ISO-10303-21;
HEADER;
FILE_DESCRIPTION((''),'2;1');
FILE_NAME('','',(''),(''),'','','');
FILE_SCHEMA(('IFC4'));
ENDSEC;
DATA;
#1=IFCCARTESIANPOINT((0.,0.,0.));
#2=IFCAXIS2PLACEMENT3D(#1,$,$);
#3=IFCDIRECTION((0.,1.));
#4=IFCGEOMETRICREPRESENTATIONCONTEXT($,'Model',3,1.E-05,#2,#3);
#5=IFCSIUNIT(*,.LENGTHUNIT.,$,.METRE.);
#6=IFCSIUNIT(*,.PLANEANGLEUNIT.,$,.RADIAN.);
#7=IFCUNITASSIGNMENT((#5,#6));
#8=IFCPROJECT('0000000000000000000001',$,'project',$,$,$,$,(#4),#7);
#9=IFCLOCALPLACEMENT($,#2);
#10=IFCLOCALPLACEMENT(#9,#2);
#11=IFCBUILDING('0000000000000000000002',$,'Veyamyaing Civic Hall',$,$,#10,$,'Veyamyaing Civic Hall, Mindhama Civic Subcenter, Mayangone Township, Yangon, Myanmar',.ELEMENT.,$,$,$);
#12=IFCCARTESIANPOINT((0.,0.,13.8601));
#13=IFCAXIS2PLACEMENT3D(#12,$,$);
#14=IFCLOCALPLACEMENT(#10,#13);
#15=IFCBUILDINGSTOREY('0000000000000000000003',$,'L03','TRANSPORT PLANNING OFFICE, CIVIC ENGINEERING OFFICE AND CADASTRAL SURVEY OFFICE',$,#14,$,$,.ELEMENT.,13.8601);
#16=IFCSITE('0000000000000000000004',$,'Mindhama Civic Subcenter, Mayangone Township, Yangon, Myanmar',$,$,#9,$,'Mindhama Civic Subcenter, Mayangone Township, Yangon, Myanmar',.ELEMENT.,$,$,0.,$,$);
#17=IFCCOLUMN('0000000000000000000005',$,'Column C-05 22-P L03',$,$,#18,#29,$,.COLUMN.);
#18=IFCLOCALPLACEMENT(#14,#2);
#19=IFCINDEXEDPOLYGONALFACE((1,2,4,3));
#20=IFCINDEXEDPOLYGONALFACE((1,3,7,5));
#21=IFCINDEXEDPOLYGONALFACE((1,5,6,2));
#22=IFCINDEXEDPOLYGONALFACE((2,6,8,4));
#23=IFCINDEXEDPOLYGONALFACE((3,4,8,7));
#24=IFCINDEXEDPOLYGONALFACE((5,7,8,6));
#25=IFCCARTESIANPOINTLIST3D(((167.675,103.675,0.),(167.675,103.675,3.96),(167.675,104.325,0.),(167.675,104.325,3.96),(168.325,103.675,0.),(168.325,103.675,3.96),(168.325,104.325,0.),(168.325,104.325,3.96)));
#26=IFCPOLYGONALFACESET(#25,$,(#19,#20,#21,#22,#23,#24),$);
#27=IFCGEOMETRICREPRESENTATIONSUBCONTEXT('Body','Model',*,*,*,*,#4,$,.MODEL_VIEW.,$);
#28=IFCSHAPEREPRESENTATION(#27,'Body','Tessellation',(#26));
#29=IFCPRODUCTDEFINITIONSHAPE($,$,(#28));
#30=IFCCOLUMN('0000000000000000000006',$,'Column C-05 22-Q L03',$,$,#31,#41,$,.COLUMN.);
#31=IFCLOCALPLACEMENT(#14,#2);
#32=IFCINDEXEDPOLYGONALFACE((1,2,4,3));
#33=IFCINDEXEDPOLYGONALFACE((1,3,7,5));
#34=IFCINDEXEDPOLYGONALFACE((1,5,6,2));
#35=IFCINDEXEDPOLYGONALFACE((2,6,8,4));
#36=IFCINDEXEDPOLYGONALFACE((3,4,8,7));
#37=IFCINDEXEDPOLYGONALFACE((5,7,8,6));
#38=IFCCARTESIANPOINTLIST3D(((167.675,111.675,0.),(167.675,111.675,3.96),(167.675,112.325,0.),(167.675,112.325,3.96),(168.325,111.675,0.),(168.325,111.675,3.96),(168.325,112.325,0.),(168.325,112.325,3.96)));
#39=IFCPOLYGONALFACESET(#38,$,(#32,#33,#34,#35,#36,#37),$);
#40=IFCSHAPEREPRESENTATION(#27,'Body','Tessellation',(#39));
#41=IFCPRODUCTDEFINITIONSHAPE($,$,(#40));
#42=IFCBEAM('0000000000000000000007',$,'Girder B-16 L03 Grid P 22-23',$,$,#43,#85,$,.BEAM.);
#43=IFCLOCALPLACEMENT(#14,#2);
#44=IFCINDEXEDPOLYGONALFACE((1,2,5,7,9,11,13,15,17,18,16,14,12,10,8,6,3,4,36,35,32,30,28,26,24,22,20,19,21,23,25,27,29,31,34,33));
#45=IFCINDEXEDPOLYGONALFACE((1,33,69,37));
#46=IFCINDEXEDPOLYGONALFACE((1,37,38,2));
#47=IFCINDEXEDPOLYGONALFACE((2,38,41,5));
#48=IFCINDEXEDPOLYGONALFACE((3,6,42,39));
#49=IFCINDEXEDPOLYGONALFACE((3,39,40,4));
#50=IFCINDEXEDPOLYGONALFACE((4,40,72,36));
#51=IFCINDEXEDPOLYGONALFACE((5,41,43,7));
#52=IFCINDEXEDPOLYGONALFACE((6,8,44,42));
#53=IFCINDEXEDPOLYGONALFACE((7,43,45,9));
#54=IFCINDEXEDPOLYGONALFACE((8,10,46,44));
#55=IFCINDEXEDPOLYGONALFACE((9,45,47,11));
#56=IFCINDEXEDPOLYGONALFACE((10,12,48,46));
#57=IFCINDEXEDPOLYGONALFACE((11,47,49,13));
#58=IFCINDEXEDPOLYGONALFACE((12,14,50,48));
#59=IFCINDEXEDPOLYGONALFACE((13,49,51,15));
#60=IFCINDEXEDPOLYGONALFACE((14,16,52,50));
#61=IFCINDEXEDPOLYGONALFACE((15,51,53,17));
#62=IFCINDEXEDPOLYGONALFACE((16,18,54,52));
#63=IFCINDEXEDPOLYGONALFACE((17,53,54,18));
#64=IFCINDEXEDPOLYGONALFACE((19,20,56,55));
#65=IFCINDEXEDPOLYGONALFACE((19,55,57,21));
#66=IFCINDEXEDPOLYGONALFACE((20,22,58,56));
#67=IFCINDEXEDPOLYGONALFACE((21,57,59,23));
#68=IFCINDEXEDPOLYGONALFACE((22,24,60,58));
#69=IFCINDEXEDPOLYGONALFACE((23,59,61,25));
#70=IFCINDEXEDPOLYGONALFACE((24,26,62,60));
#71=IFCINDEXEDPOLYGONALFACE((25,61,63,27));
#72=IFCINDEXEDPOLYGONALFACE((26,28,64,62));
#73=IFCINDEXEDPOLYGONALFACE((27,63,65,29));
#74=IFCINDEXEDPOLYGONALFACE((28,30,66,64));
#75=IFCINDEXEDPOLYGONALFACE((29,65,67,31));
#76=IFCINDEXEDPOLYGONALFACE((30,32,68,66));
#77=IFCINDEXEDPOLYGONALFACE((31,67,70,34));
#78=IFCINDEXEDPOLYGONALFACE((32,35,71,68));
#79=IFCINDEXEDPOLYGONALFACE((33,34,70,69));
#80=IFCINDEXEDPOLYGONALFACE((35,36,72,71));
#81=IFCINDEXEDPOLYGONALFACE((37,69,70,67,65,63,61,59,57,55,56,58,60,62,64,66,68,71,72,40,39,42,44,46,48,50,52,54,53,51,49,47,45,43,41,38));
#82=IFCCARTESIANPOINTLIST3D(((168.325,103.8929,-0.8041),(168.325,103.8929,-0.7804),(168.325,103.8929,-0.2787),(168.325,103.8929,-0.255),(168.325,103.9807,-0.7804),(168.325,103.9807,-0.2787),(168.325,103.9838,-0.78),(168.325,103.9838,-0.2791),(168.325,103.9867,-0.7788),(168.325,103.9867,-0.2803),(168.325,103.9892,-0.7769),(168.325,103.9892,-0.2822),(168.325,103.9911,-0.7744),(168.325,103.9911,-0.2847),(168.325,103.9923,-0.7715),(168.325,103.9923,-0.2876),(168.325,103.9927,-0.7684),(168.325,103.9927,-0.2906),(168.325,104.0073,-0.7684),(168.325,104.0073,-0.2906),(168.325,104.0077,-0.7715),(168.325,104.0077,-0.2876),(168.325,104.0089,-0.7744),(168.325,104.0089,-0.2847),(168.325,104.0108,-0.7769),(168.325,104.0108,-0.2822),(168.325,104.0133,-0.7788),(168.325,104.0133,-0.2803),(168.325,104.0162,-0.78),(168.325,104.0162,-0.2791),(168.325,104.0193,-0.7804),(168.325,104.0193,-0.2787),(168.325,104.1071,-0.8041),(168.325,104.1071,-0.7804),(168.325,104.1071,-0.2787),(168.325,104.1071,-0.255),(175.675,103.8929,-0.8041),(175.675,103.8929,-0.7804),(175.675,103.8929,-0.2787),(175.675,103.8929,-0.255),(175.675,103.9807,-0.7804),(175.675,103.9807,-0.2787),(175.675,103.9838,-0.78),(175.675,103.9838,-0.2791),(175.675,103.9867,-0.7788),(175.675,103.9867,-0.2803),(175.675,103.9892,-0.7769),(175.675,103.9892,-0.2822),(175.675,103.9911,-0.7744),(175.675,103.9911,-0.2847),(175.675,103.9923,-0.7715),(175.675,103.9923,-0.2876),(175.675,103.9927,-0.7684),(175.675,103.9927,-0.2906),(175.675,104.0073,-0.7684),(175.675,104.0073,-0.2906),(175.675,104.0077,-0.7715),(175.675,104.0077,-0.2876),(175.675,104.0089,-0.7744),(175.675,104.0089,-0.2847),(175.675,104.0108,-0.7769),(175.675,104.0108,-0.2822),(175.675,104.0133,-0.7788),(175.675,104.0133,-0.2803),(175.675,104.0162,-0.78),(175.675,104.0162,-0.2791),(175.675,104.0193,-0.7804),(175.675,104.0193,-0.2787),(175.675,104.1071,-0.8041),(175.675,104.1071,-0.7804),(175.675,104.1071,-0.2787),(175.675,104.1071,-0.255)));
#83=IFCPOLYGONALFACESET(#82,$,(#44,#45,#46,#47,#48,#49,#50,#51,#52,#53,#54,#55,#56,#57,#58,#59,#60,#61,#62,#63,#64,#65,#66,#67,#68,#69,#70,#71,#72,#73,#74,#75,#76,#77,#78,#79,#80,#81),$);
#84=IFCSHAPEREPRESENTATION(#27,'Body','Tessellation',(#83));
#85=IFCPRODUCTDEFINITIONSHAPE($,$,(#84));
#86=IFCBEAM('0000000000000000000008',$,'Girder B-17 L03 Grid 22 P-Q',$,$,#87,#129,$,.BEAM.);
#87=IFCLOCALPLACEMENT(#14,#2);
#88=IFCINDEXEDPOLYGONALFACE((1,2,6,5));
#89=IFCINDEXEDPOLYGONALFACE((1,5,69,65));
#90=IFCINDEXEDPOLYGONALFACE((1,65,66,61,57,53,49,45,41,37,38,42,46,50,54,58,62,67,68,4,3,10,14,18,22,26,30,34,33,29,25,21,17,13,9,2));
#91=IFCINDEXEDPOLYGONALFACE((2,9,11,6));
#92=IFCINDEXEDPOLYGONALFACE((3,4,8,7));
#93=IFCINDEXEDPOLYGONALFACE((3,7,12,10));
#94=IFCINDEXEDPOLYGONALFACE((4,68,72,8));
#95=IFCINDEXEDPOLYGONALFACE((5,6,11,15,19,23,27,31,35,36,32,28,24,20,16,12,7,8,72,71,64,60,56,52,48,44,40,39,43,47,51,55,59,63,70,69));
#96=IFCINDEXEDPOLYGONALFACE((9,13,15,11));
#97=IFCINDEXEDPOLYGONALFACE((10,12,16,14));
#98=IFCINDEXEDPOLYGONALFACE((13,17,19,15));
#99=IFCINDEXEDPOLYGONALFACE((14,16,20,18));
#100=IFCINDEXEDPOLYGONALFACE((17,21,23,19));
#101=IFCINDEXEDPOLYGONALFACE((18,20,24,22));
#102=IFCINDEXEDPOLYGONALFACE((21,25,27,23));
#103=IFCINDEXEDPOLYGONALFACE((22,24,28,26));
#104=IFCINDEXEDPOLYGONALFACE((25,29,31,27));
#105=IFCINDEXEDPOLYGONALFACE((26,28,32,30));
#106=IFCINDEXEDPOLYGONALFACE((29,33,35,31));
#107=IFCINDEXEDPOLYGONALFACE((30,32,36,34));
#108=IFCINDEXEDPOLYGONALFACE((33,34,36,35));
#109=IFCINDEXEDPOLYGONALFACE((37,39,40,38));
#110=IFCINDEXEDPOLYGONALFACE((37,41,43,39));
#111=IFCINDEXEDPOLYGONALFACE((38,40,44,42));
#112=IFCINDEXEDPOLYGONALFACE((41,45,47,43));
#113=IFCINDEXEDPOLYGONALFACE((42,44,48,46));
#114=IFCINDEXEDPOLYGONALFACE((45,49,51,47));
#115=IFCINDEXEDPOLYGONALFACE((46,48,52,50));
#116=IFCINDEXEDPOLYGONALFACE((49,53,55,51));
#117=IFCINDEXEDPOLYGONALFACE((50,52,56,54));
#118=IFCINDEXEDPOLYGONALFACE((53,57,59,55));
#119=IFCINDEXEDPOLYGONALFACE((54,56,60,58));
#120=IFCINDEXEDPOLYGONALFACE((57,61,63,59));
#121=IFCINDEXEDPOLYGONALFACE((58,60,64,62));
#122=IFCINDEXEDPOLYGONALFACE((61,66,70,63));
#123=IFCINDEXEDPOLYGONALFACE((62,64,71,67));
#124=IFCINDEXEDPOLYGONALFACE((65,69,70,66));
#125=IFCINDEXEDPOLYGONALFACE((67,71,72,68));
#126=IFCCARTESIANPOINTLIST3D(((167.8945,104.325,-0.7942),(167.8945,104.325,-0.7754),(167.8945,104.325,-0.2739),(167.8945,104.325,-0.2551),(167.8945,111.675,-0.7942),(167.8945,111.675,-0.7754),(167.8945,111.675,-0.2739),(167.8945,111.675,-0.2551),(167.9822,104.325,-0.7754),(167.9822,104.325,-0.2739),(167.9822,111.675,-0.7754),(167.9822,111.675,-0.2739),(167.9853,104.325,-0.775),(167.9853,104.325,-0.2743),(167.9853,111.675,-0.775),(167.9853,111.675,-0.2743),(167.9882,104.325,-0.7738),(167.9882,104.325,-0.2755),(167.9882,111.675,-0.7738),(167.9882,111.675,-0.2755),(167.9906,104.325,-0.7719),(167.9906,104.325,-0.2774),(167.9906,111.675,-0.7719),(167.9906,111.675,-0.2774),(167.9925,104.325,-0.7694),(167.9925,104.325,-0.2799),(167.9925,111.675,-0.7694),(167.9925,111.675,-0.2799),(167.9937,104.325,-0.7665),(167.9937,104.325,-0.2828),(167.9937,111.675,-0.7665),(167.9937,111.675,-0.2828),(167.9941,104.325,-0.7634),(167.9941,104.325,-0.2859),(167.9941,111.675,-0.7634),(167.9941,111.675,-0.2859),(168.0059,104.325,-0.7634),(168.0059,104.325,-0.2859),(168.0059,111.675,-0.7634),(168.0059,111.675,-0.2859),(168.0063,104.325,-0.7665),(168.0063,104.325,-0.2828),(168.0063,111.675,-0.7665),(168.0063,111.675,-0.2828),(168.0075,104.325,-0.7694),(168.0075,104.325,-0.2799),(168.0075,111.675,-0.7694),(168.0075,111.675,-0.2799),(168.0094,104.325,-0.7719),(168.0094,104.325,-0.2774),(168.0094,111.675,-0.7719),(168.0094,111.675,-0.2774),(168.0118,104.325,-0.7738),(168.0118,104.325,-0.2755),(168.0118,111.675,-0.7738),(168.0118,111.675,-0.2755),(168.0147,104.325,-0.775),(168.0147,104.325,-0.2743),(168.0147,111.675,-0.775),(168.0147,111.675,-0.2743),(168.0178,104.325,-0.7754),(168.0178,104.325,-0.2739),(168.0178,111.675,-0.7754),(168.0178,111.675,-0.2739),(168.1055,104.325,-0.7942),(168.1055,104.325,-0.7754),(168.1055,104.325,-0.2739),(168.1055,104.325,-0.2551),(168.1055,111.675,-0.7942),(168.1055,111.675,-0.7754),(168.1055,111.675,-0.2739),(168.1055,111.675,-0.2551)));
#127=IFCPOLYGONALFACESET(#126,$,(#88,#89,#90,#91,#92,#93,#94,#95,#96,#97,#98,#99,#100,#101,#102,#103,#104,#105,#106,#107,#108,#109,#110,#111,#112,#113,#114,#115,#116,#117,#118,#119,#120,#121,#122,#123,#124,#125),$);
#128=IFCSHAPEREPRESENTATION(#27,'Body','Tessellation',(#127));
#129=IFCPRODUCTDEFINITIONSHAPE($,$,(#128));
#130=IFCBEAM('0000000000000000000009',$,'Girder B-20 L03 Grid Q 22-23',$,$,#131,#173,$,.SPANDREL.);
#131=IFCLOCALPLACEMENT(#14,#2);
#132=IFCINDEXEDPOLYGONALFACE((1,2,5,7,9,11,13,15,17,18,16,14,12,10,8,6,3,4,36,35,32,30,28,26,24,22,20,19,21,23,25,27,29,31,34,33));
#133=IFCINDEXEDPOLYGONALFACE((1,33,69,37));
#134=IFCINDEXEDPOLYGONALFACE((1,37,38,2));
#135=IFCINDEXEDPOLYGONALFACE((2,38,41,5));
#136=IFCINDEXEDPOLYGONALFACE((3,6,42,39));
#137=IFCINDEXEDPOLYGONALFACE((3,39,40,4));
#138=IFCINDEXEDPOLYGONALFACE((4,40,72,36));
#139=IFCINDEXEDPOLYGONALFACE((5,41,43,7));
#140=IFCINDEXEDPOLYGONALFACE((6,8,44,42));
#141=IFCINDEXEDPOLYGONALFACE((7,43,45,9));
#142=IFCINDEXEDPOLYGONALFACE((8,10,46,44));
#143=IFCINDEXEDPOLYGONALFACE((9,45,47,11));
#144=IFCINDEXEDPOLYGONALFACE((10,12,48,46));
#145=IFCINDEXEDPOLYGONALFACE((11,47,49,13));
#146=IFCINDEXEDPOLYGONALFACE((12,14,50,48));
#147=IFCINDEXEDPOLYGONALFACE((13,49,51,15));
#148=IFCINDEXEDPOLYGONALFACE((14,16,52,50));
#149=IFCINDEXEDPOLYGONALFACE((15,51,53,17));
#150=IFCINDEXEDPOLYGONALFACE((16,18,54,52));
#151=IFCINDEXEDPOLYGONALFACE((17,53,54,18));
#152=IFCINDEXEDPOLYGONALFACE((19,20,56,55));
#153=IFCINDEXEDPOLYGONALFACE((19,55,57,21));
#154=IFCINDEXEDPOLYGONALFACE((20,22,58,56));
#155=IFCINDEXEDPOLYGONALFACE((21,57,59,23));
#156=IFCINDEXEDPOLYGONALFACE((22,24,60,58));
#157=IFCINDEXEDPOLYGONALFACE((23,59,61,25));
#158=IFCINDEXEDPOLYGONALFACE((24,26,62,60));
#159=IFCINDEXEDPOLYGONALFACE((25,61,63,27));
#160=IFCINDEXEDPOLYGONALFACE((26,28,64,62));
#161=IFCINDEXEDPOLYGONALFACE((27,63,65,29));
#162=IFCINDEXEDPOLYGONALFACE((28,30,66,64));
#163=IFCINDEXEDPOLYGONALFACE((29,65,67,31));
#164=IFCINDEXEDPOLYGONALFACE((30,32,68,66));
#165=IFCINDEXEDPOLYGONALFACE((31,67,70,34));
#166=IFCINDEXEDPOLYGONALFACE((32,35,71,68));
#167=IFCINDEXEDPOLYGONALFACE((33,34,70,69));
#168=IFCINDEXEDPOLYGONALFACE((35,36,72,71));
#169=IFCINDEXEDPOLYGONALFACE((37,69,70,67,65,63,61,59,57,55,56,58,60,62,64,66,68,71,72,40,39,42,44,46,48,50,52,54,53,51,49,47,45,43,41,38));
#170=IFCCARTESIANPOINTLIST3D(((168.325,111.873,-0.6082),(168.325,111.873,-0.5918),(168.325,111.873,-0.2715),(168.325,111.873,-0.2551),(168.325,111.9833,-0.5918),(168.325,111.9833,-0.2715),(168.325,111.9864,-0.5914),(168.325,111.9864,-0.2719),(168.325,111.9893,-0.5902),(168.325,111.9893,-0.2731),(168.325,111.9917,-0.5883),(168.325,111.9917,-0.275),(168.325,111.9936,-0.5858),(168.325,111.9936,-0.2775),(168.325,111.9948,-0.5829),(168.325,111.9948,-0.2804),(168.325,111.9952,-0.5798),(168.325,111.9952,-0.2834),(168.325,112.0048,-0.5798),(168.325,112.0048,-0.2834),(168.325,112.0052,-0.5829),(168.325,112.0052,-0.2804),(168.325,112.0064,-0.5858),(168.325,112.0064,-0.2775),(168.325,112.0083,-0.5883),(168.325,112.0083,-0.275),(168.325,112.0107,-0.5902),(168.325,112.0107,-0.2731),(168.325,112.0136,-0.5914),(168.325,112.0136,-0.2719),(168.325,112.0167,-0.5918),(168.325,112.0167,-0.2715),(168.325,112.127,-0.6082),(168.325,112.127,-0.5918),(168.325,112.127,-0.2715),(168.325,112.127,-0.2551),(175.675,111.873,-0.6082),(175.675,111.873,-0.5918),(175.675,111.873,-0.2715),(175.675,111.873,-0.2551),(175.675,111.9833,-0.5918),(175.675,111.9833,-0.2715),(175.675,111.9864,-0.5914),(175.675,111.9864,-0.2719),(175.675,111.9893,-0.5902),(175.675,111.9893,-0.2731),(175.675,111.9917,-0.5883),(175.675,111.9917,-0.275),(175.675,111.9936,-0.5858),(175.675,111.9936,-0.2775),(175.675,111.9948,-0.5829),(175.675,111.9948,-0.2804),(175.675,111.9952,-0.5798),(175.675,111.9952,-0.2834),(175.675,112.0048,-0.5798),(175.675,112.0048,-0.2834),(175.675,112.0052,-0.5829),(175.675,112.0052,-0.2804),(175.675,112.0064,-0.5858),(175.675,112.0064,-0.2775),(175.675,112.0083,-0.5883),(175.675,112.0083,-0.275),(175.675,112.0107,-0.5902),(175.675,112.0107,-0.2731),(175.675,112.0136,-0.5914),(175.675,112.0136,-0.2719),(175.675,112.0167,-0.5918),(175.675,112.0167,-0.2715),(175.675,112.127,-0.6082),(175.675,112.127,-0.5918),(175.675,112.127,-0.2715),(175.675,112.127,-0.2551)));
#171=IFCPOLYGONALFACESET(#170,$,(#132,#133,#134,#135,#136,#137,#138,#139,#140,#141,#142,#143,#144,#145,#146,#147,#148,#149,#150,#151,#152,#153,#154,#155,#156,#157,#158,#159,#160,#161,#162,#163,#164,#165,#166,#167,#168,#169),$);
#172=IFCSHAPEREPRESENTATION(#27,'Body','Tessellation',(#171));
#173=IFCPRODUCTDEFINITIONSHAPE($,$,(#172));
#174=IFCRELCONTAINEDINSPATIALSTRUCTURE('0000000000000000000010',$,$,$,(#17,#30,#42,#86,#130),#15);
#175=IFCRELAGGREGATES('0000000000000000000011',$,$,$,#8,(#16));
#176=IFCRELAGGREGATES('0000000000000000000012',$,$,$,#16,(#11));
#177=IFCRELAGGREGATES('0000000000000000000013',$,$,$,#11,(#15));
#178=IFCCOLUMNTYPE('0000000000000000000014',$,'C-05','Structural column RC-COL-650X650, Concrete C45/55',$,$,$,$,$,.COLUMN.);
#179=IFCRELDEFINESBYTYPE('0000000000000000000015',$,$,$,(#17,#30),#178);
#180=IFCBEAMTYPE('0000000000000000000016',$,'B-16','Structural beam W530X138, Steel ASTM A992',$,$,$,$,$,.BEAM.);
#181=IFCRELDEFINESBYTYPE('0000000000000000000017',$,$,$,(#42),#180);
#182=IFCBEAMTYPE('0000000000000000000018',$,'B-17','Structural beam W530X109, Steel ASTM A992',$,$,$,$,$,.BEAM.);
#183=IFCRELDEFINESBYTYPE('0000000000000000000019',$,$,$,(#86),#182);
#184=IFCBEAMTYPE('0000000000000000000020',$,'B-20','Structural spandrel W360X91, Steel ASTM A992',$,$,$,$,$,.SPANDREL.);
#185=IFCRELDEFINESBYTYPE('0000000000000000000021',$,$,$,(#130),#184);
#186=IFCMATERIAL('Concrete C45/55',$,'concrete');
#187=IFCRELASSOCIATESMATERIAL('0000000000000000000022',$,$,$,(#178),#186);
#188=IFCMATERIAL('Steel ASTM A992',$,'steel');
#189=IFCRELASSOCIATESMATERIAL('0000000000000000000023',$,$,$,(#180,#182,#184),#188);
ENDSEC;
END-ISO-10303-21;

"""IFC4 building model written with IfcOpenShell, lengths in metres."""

from ifc_helpers import new_model, si_unit, direction, frame, origin, origin_2d, place, context, subcontext, project, spatial, rectangle, i_section, extrude, material, material_profile, profile_set, type_object, element, save


model = new_model("IFC4")

# Units and contexts
model_context = context("Model", 3, precision=1e-05, world=origin(), true_north=direction((0.0, 1.0)))
body_context = subcontext(model_context, "Body", "Model", "MODEL_VIEW")
ifc_project = project(units=[si_unit("LENGTHUNIT", "METRE"), si_unit("PLANEANGLEUNIT", "RADIAN")], contexts=[model_context])

# Site, building, storey
site_placement = place(None, origin())
site = spatial("IfcSite", under=ifc_project, at=site_placement, Name="Mindhama Civic Subcenter, Mayangone Township, Yangon, Myanmar", LongName="Mindhama Civic Subcenter, Mayangone Township, Yangon, Myanmar", CompositionType="ELEMENT", RefElevation=0.0)
building_placement = place(site_placement, origin())
building = spatial("IfcBuilding", under=site, at=building_placement, Name="Veyamyaing Civic Hall", LongName="Veyamyaing Civic Hall, Mindhama Civic Subcenter, Mayangone Township, Yangon, Myanmar", CompositionType="ELEMENT")
storey_placement = place(building_placement, frame((0.0, 0.0, 13.8601)))
storey = spatial("IfcBuildingStorey", under=building, at=storey_placement, Name="L03", Description="TRANSPORT PLANNING OFFICE, CIVIC ENGINEERING OFFICE AND CADASTRAL SURVEY OFFICE", CompositionType="ELEMENT", Elevation=13.8601)

# Columns
ifc_material_1 = material(Name="Concrete C45/55", Category="concrete")
ifc_material_profile_1 = material_profile(ifc_material_1, rectangle(XDim=0.6499, YDim=0.6499, at=origin_2d()), Name="RC-COL-650X650")
ifc_profile_set_1 = profile_set([ifc_material_profile_1], Name="Concrete C45/55")
column_type = type_object("IfcColumnType", Name="C-05", Description="Structural column RC-COL-650X650, Concrete C45/55", PredefinedType="COLUMN", material=ifc_profile_set_1)
for number, where, z_axis, x_axis, name in (
    (1, (168.0, 104.0, 0.0), (0.0, 0.0, 1.0), (1.0, 0.0, 0.0), "Column C-05 22-P L03"),
    (2, (168.0, 112.0, 0.0), (0.0, 0.0, 1.0), (1.0, 0.0, 0.0), "Column C-05 22-Q L03"),
):
    element("IfcColumn", number, at=place(storey_placement, frame(where, z_axis=z_axis, x_axis=x_axis)), inside=storey, type_object=column_type, Name=name, PredefinedType="COLUMN", context=body_context, shape_type="SweptSolid", body=[
        extrude(rectangle(XDim=0.6499, YDim=0.6499, at=origin_2d()), origin(), (0.0, 0.0, 1.0), 3.96),
    ])

# Beams
ifc_material_2 = material(Name="Steel ASTM A992", Category="steel")
ifc_material_profile_2 = material_profile(ifc_material_2, i_section(OverallWidth=0.2141, OverallDepth=0.5491, WebThickness=0.0146, FlangeThickness=0.0237, FilletRadius=0.012, at=origin_2d()), Name="W530X138")
ifc_profile_set_2 = profile_set([ifc_material_profile_2], Name="Steel ASTM A992")
beam_type_1 = type_object("IfcBeamType", Name="B-16", Description="Structural beam W530X138, Steel ASTM A992", PredefinedType="BEAM", material=ifc_profile_set_2)
beam_1_placement = place(storey_placement, frame((168.325, 104.0, -0.5295), z_axis=(1.0, 0.0, 0.0), x_axis=(0.0, 1.0, 0.0)))
element("IfcBeam", 3, at=beam_1_placement, inside=storey, type_object=beam_type_1, Name="Girder B-16 L03 Grid P 22-23", PredefinedType="BEAM", context=body_context, shape_type="SweptSolid", body=[
    extrude(i_section(OverallWidth=0.2141, OverallDepth=0.5491, WebThickness=0.0146, FlangeThickness=0.0237, FilletRadius=0.012, at=origin_2d()), origin(), (0.0, 0.0, 1.0), 7.3501),
])
ifc_material_profile_3 = material_profile(ifc_material_2, i_section(OverallWidth=0.2109, OverallDepth=0.5391, WebThickness=0.0117, FlangeThickness=0.0188, FilletRadius=0.012, at=origin_2d()), Name="W530X109")
ifc_profile_set_3 = profile_set([ifc_material_profile_3], Name="Steel ASTM A992")
beam_type_2 = type_object("IfcBeamType", Name="B-17", Description="Structural beam W530X109, Steel ASTM A992", PredefinedType="BEAM", material=ifc_profile_set_3)
beam_2_placement = place(storey_placement, frame((168.0, 104.325, -0.5247), z_axis=(0.0, 1.0, 0.0), x_axis=(-1.0, 0.0, 0.0)))
element("IfcBeam", 4, at=beam_2_placement, inside=storey, type_object=beam_type_2, Name="Girder B-17 L03 Grid 22 P-Q", PredefinedType="BEAM", context=body_context, shape_type="SweptSolid", body=[
    extrude(i_section(OverallWidth=0.2109, OverallDepth=0.5391, WebThickness=0.0117, FlangeThickness=0.0188, FilletRadius=0.012, at=origin_2d()), origin(), (0.0, 0.0, 1.0), 7.3501),
])
ifc_material_profile_4 = material_profile(ifc_material_2, i_section(OverallWidth=0.2539, OverallDepth=0.353, WebThickness=0.0095, FlangeThickness=0.0164, FilletRadius=0.012, at=origin_2d()), Name="W360X91")
ifc_profile_set_4 = profile_set([ifc_material_profile_4], Name="Steel ASTM A992")
beam_type_3 = type_object("IfcBeamType", Name="B-20", Description="Structural spandrel W360X91, Steel ASTM A992", PredefinedType="SPANDREL", material=ifc_profile_set_4)
beam_3_placement = place(storey_placement, frame((168.325, 112.0, -0.4316), z_axis=(1.0, 0.0, 0.0), x_axis=(0.0, 1.0, 0.0)))
element("IfcBeam", 5, at=beam_3_placement, inside=storey, type_object=beam_type_3, Name="Girder B-20 L03 Grid Q 22-23", PredefinedType="SPANDREL", context=body_context, shape_type="SweptSolid", body=[
    extrude(i_section(OverallWidth=0.2539, OverallDepth=0.353, WebThickness=0.0095, FlangeThickness=0.0164, FilletRadius=0.012, at=origin_2d()), origin(), (0.0, 0.0, 1.0), 7.3501),
])

save(model, "model.ifc")
